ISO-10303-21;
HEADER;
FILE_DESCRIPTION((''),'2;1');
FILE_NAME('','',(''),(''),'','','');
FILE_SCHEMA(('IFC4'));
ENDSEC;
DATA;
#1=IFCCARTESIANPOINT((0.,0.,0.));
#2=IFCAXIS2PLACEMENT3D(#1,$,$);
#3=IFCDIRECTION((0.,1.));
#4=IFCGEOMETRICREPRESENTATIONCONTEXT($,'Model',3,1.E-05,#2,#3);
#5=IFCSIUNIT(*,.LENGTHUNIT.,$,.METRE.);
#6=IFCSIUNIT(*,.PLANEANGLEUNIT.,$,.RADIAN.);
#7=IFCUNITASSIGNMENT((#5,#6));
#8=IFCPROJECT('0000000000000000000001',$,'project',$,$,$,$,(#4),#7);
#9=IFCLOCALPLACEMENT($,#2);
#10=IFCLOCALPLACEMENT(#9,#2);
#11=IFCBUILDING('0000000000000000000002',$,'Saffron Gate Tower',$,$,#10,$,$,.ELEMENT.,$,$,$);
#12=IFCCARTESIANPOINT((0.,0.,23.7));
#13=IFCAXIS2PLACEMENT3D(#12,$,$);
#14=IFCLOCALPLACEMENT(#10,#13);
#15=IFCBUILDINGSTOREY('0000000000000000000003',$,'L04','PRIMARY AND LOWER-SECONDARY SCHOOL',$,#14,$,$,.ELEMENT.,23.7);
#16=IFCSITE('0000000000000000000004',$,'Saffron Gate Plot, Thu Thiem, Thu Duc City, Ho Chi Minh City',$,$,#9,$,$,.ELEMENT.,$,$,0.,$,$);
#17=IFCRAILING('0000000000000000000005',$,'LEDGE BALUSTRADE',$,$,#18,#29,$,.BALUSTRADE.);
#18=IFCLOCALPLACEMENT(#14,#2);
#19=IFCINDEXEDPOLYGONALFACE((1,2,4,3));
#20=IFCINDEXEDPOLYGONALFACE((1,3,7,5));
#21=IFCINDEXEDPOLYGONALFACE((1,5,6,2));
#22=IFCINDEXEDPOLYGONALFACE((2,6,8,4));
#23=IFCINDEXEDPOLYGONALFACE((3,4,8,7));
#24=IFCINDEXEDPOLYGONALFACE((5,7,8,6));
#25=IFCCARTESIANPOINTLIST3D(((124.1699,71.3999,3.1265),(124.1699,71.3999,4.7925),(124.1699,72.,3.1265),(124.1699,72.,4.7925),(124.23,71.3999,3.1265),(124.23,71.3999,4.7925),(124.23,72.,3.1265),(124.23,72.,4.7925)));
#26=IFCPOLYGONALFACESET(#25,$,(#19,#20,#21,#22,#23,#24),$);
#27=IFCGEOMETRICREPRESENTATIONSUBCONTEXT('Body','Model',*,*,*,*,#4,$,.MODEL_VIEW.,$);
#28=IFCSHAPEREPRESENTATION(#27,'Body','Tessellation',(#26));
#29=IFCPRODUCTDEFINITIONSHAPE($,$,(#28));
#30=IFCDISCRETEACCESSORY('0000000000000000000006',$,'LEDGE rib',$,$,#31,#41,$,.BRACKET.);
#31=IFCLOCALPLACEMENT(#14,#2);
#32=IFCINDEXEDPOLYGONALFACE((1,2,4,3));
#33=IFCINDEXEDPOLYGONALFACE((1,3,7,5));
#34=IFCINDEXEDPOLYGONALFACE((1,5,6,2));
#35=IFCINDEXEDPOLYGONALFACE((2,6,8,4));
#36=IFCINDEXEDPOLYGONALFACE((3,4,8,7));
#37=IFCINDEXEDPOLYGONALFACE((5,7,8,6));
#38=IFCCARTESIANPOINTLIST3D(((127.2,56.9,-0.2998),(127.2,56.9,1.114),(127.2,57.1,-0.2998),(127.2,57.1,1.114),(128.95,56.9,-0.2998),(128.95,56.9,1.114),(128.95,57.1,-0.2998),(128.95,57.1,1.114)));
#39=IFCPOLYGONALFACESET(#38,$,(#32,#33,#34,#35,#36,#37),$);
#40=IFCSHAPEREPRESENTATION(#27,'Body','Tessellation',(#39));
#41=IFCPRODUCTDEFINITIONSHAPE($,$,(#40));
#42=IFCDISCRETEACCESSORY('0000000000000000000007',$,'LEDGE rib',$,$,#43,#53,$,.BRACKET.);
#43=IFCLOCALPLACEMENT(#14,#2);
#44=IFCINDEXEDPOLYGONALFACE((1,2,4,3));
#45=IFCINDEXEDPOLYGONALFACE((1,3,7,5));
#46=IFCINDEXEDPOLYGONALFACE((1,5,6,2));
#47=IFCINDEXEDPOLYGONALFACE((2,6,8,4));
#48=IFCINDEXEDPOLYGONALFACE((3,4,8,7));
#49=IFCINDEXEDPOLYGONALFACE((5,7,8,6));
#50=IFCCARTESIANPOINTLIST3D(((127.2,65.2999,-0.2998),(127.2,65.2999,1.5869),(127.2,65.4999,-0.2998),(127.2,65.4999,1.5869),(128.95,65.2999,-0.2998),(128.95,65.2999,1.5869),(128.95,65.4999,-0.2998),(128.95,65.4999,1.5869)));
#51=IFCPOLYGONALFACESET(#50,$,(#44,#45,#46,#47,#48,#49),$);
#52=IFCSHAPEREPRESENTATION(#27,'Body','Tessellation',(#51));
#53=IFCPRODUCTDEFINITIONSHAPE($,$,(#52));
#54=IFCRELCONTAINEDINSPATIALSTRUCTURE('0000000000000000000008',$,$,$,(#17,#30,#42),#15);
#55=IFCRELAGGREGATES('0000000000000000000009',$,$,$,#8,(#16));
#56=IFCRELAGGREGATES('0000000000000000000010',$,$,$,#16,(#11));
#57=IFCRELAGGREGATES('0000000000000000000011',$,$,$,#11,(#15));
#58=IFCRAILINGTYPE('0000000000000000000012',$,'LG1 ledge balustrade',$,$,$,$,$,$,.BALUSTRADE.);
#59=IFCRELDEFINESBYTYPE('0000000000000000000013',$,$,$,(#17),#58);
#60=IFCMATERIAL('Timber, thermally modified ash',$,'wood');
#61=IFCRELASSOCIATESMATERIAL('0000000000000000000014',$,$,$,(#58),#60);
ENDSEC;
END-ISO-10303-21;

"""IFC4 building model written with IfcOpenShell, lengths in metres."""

from ifc_helpers import new_model, si_unit, direction, frame, origin, origin_2d, place, context, subcontext, project, spatial, rectangle, extrude, material, type_object, element, save


model = new_model("IFC4")

# Units and contexts
model_context = context("Model", 3, precision=1e-05, world=origin(), true_north=direction((0.0, 1.0)))
body_context = subcontext(model_context, "Body", "Model", "MODEL_VIEW")
ifc_project = project(units=[si_unit("LENGTHUNIT", "METRE"), si_unit("PLANEANGLEUNIT", "RADIAN")], contexts=[model_context])

# Site, building, storey
site_placement = place(None, origin())
site = spatial("IfcSite", under=ifc_project, at=site_placement, Name="Saffron Gate Plot, Thu Thiem, Thu Duc City, Ho Chi Minh City", CompositionType="ELEMENT", RefElevation=0.0)
building_placement = place(site_placement, origin())
building = spatial("IfcBuilding", under=site, at=building_placement, Name="Saffron Gate Tower", CompositionType="ELEMENT")
storey_placement = place(building_placement, frame((0.0, 0.0, 23.7)))
storey = spatial("IfcBuildingStorey", under=building, at=storey_placement, Name="L04", Description="PRIMARY AND LOWER-SECONDARY SCHOOL", CompositionType="ELEMENT", Elevation=23.7)

# Shared definitions
ifc_material_1 = material(Name="Timber, thermally modified ash", Category="wood")

# Railing
railing_type = type_object("IfcRailingType", Name="LG1 ledge balustrade", PredefinedType="BALUSTRADE", material=ifc_material_1)
railing_1_placement = place(storey_placement, frame((124.2, 71.3999, 3.1265)))
element("IfcRailing", 1, at=railing_1_placement, inside=storey, type_object=railing_type, Name="LEDGE BALUSTRADE", PredefinedType="BALUSTRADE", context=body_context, shape_type="SweptSolid", body=[
    extrude(rectangle(XDim=0.0601, YDim=1.666, at=origin_2d()), frame((0.0, 0.0, 0.833), z_axis=(0.0, 1.0, 0.0), x_axis=(-1.0, 0.0, 0.0)), (0.0, 0.0, 1.0), 0.6001),
])

# Discrete accessories
discrete_accessory_1_placement = place(storey_placement, frame((128.075, 57.0, -0.2998), z_axis=(0.0, 0.0, 1.0), x_axis=(0.0, 1.0, 0.0)))
element("IfcDiscreteAccessory", 2, at=discrete_accessory_1_placement, inside=storey, Name="LEDGE rib", PredefinedType="BRACKET", context=body_context, shape_type="SweptSolid", body=[
    extrude(rectangle(XDim=0.2, YDim=1.75, at=origin_2d()), origin(), (0.0, 0.0, 1.0), 1.4138),
])
discrete_accessory_2_placement = place(storey_placement, frame((128.075, 65.3999, -0.2998), z_axis=(0.0, 0.0, 1.0), x_axis=(0.0, 1.0, 0.0)))
element("IfcDiscreteAccessory", 3, at=discrete_accessory_2_placement, inside=storey, Name="LEDGE rib", PredefinedType="BRACKET", context=body_context, shape_type="SweptSolid", body=[
    extrude(rectangle(XDim=0.2, YDim=1.75, at=origin_2d()), origin(), (0.0, 0.0, 1.0), 1.8867),
])

save(model, "model.ifc")
